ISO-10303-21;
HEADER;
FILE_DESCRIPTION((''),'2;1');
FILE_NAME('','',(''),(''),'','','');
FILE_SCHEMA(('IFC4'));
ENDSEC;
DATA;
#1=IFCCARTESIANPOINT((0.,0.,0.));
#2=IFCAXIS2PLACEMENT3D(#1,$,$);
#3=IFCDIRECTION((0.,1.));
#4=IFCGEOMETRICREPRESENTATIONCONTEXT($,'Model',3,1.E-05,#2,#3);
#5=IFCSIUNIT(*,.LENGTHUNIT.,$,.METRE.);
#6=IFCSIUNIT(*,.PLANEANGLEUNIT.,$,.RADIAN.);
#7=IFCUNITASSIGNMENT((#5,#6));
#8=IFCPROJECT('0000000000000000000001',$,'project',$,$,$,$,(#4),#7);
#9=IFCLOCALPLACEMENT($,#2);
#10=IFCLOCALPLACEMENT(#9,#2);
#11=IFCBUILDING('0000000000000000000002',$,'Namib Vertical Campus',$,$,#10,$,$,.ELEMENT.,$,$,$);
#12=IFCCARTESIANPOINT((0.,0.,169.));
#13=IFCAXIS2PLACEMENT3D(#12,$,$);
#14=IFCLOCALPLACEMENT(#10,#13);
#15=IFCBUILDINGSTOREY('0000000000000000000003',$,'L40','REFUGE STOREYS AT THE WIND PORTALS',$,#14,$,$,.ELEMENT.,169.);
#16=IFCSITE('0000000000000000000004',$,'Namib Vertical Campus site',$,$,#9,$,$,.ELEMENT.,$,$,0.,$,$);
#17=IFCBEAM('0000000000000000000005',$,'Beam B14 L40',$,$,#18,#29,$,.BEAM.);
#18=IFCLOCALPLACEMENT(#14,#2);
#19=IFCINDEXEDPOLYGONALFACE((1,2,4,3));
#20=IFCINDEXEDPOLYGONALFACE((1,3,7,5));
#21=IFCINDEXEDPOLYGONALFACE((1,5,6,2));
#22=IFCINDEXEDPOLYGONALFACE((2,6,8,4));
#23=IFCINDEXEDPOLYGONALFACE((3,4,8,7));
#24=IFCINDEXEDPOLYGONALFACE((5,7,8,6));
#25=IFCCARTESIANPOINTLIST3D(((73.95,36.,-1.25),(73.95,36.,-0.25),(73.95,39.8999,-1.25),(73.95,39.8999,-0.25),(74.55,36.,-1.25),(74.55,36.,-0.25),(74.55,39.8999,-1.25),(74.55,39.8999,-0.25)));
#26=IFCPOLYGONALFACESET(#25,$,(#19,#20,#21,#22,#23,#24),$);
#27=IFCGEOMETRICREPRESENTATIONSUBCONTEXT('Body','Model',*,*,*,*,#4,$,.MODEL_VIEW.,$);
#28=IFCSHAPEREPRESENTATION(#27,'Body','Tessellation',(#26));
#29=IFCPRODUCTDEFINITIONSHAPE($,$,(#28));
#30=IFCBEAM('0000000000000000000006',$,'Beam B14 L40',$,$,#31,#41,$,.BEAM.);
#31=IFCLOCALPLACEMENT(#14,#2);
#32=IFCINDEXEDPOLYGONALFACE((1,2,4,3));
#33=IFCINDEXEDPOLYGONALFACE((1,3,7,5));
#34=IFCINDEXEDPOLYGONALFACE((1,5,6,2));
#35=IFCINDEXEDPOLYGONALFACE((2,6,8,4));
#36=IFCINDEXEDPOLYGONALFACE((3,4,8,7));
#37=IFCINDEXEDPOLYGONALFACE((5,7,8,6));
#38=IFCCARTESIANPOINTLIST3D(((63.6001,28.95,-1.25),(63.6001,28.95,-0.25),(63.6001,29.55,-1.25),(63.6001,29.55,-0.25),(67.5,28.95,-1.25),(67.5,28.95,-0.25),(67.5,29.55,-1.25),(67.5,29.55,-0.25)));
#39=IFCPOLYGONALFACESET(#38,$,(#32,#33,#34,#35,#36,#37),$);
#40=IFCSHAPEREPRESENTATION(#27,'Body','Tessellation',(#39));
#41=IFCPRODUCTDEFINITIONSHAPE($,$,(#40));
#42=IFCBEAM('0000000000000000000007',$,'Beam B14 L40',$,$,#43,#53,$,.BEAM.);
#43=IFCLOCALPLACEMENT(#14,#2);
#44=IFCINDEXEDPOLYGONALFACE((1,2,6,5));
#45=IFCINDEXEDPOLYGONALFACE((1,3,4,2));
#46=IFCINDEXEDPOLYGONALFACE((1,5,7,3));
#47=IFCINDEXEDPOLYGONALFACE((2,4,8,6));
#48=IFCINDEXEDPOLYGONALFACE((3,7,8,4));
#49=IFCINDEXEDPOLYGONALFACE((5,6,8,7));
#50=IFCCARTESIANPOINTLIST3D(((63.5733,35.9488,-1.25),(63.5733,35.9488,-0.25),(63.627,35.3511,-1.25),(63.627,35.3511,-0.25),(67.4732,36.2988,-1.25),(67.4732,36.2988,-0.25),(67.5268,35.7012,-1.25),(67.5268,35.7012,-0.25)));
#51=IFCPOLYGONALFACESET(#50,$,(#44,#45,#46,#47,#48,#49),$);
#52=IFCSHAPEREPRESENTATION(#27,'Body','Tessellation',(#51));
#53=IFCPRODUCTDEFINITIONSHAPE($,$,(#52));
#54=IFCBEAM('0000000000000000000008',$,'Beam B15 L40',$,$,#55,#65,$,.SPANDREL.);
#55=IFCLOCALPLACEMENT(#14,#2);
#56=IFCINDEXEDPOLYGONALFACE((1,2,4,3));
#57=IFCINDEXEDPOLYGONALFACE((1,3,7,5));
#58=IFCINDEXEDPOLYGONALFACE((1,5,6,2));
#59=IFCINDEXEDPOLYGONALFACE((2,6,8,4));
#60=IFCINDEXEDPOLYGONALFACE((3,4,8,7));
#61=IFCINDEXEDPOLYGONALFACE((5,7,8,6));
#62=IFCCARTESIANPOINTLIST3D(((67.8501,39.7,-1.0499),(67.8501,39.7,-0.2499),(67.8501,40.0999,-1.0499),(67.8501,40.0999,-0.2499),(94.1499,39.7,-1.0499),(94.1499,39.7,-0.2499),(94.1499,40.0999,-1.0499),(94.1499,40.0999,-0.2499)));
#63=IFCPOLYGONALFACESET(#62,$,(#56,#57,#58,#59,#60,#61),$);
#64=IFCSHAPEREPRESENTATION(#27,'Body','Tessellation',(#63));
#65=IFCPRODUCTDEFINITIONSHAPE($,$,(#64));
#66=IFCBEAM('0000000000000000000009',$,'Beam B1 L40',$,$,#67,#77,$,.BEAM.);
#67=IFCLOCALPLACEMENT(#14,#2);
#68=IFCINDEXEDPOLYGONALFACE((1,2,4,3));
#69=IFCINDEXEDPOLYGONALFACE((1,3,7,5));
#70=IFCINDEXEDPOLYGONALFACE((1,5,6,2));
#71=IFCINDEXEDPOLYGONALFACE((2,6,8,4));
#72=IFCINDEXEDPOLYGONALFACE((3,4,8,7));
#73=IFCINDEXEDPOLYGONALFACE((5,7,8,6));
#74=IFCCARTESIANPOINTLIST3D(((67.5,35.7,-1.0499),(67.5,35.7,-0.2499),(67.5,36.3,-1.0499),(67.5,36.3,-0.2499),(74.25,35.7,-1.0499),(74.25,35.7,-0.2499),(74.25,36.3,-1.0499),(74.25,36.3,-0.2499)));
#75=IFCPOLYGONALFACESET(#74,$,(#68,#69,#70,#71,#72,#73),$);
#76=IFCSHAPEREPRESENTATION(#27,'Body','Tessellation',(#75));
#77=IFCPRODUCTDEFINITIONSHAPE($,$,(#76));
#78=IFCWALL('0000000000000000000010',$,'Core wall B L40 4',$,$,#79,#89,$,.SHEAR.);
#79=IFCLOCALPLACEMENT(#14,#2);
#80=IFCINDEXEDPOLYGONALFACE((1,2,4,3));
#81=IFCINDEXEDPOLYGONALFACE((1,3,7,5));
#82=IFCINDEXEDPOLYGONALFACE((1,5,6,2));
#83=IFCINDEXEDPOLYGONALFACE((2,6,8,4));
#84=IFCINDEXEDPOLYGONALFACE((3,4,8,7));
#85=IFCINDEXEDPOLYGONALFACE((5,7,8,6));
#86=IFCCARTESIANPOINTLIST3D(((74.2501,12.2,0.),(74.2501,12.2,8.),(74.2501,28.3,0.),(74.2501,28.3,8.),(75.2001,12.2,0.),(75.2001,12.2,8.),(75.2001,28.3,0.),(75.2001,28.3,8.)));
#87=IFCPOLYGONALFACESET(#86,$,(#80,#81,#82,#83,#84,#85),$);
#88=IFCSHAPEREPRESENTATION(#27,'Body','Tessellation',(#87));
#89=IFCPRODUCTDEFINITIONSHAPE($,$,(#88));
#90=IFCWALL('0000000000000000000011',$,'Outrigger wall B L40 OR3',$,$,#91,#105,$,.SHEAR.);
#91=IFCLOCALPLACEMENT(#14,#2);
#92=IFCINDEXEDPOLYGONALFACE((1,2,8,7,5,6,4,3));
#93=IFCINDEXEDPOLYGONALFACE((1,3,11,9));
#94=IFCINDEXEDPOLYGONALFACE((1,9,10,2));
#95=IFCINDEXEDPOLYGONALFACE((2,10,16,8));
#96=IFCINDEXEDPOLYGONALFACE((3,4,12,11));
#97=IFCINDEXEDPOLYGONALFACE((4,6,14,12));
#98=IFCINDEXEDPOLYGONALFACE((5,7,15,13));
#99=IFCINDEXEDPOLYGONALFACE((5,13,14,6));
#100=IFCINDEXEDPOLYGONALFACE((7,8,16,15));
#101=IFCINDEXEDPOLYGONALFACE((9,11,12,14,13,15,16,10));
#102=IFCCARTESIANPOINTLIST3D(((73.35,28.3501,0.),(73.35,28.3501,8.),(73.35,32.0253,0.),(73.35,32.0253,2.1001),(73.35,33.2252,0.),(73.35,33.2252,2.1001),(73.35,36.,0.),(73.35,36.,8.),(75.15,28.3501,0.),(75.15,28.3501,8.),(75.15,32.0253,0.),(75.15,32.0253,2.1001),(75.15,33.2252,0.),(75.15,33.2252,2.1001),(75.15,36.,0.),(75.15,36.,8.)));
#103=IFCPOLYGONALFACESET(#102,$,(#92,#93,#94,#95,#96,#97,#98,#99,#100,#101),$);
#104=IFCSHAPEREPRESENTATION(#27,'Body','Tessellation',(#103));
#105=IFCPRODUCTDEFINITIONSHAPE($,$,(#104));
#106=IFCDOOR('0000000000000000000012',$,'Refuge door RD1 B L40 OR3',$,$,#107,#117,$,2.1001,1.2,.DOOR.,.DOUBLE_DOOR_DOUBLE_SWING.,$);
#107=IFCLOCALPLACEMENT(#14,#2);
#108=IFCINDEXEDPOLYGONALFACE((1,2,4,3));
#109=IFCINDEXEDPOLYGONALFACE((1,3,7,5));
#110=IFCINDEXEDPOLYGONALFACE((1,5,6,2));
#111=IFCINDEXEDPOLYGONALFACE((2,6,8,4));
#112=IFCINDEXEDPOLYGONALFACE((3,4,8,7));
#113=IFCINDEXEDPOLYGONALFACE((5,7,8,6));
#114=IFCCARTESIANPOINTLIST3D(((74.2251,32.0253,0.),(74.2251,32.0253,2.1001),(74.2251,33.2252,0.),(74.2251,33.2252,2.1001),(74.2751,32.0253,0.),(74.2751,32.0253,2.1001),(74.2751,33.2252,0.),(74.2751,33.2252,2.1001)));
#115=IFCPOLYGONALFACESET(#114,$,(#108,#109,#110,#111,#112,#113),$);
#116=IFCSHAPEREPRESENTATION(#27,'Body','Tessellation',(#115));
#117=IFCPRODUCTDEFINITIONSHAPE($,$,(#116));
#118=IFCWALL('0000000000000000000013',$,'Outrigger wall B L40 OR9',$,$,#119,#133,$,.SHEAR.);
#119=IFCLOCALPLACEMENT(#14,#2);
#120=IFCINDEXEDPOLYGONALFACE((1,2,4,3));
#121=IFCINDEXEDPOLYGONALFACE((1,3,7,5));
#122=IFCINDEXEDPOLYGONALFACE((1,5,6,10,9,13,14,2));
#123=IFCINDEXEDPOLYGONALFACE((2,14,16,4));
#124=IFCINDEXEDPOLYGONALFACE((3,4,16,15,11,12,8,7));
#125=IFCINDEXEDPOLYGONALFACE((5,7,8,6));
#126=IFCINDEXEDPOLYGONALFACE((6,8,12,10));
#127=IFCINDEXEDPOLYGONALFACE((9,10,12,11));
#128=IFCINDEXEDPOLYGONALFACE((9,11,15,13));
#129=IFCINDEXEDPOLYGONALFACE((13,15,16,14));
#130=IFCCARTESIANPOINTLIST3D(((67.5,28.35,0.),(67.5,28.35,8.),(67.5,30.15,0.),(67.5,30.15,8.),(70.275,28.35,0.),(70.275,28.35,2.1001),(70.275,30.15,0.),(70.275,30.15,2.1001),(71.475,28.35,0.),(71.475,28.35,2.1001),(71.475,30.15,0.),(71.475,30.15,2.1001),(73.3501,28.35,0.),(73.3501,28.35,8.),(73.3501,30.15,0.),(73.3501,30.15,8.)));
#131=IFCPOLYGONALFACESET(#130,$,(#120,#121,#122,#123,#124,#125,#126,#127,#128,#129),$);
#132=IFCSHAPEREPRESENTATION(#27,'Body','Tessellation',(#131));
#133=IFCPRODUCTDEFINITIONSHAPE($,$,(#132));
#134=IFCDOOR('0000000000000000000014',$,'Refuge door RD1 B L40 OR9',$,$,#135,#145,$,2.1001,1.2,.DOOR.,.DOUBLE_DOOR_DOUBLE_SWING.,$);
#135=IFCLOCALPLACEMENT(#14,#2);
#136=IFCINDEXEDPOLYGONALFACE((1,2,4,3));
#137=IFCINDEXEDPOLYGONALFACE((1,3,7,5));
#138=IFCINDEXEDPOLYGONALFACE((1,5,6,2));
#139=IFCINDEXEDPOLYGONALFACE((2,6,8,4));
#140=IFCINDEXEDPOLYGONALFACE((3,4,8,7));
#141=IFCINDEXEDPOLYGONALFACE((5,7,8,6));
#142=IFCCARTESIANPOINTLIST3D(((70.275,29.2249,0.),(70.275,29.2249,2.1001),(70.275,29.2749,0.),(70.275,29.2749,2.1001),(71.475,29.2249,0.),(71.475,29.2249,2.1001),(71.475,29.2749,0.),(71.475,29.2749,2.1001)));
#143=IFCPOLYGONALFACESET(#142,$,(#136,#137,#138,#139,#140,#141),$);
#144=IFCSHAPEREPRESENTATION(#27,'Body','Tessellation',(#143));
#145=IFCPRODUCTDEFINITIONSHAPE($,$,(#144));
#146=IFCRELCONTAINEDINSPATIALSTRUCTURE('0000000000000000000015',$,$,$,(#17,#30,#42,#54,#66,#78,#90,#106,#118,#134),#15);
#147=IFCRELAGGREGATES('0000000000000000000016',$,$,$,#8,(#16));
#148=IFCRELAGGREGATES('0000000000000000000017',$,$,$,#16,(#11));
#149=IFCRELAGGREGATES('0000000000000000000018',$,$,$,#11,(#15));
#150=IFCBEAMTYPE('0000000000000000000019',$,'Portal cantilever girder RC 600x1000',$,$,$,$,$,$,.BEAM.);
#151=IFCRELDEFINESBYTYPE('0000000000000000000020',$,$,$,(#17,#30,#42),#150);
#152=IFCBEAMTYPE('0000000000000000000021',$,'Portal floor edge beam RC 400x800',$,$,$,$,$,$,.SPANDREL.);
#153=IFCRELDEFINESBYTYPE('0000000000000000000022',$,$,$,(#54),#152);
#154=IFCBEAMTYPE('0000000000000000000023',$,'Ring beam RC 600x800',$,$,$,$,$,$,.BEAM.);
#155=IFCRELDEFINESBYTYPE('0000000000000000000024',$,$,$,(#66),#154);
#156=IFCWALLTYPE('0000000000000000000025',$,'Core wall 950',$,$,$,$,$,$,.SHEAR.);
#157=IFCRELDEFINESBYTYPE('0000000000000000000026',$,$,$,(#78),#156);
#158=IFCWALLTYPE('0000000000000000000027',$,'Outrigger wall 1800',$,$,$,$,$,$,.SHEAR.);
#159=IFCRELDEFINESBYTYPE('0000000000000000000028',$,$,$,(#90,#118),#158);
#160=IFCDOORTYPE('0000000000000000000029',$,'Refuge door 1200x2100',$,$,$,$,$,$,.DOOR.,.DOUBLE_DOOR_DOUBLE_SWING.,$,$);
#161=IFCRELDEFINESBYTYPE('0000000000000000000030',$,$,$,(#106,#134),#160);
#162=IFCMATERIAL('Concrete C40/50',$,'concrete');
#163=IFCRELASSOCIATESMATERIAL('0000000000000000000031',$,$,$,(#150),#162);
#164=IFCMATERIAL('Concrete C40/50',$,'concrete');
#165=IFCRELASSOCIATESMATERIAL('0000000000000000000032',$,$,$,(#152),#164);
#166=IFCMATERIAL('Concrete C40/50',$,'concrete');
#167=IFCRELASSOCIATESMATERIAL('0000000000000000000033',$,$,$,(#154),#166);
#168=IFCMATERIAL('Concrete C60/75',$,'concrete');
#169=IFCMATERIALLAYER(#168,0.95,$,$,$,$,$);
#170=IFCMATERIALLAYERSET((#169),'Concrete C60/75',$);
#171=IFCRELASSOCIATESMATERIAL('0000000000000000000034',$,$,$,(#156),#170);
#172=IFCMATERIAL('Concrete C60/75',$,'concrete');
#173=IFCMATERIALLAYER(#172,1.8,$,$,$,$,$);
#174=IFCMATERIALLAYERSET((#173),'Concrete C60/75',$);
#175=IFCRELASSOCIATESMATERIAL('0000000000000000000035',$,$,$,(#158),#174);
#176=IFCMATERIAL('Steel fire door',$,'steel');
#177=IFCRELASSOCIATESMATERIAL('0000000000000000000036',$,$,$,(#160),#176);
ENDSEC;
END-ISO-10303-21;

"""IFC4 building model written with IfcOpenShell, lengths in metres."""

from ifc_helpers import new_model, si_unit, direction, frame, frame_2d, origin, origin_2d, place, context, subcontext, project, spatial, rectangle, extrude, material, layer, layer_set, material_profile, profile_set, type_object, element, fill, save


model = new_model("IFC4")

# Units and contexts
model_context = context("Model", 3, precision=1e-05, world=origin(), true_north=direction((0.0, 1.0)))
body_context = subcontext(model_context, "Body", "Model", "MODEL_VIEW")
ifc_project = project(units=[si_unit("LENGTHUNIT", "METRE"), si_unit("PLANEANGLEUNIT", "RADIAN")], contexts=[model_context])

# Site, building, storey
site_placement = place(None, origin())
site = spatial("IfcSite", under=ifc_project, at=site_placement, Name="Namib Vertical Campus site", CompositionType="ELEMENT", RefElevation=0.0)
building_placement = place(site_placement, origin())
building = spatial("IfcBuilding", under=site, at=building_placement, Name="Namib Vertical Campus", CompositionType="ELEMENT")
storey_placement = place(building_placement, frame((0.0, 0.0, 169.0)))
storey = spatial("IfcBuildingStorey", under=building, at=storey_placement, Name="L40", Description="REFUGE STOREYS AT THE WIND PORTALS", CompositionType="ELEMENT", Elevation=169.0)

# Beams
ifc_material_1 = material(Name="Concrete C40/50", Category="concrete")
ifc_material_profile_1 = material_profile(ifc_material_1, rectangle(XDim=0.6001, YDim=1.0, at=origin_2d()))
ifc_profile_set_1 = profile_set([ifc_material_profile_1], Name="Concrete C40/50")
beam_type_1 = type_object("IfcBeamType", Name="Portal cantilever girder RC 600x1000", PredefinedType="BEAM", material=ifc_profile_set_1)
for number, where, z_axis, x_axis, name in (
    (1, (74.25, 36.0, -0.75), (0.0, 1.0, 0.0), (-1.0, 0.0, 0.0), "Beam B14 L40"),
    (2, (67.5, 29.25, -0.75), (-1.0, 0.0, 0.0), (0.0, -1.0, 0.0), "Beam B14 L40"),
):
    element("IfcBeam", number, at=place(storey_placement, frame(where, z_axis=z_axis, x_axis=x_axis)), inside=storey, type_object=beam_type_1, Name=name, PredefinedType="BEAM", context=body_context, shape_type="SweptSolid", body=[
        extrude(rectangle(XDim=0.6001, YDim=1.0, at=origin_2d()), origin(), (0.0, 0.0, 1.0), 3.8999),
    ])
beam_1_placement = place(storey_placement, frame((67.5, 36.0, -0.75), z_axis=(-0.995995, -0.089411, 0.0), x_axis=(0.089411, -0.995995, 0.0)))
element("IfcBeam", 3, at=beam_1_placement, inside=storey, type_object=beam_type_1, Name="Beam B14 L40", PredefinedType="BEAM", context=body_context, shape_type="SweptSolid", body=[
    extrude(rectangle(XDim=0.6001, YDim=1.0, at=origin_2d()), origin(), (0.0, 0.0, 1.0), 3.9155),
])
ifc_material_2 = material(Name="Concrete C40/50", Category="concrete")
ifc_material_profile_2 = material_profile(ifc_material_2, rectangle(XDim=0.3999, YDim=0.8, at=origin_2d()))
ifc_profile_set_2 = profile_set([ifc_material_profile_2], Name="Concrete C40/50")
beam_type_2 = type_object("IfcBeamType", Name="Portal floor edge beam RC 400x800", PredefinedType="SPANDREL", material=ifc_profile_set_2)
beam_2_placement = place(storey_placement, frame((67.8501, 39.8999, -0.6499), z_axis=(1.0, 0.0, 0.0), x_axis=(0.0, 1.0, 0.0)))
element("IfcBeam", 4, at=beam_2_placement, inside=storey, type_object=beam_type_2, Name="Beam B15 L40", PredefinedType="SPANDREL", context=body_context, shape_type="SweptSolid", body=[
    extrude(rectangle(XDim=0.3999, YDim=0.8, at=origin_2d()), origin(), (0.0, 0.0, 1.0), 26.2998),
])
ifc_material_3 = material(Name="Concrete C40/50", Category="concrete")
ifc_material_profile_3 = material_profile(ifc_material_3, rectangle(XDim=0.6001, YDim=0.8, at=origin_2d()))
ifc_profile_set_3 = profile_set([ifc_material_profile_3], Name="Concrete C40/50")
beam_type_3 = type_object("IfcBeamType", Name="Ring beam RC 600x800", PredefinedType="BEAM", material=ifc_profile_set_3)
beam_3_placement = place(storey_placement, frame((67.5, 36.0, -0.6499), z_axis=(1.0, 0.0, 0.0), x_axis=(0.0, 1.0, 0.0)))
element("IfcBeam", 5, at=beam_3_placement, inside=storey, type_object=beam_type_3, Name="Beam B1 L40", PredefinedType="BEAM", context=body_context, shape_type="SweptSolid", body=[
    extrude(rectangle(XDim=0.6001, YDim=0.8, at=origin_2d()), origin(), (0.0, 0.0, 1.0), 6.75),
])

# Wall
ifc_material_4 = material(Name="Concrete C60/75", Category="concrete")
ifc_layer_1 = layer(ifc_material_4, 0.95)
ifc_layer_set_1 = layer_set([ifc_layer_1], Name="Concrete C60/75")
wall_type_1 = type_object("IfcWallType", Name="Core wall 950", PredefinedType="SHEAR", material=ifc_layer_set_1)
wall_1_placement = place(storey_placement, frame((74.7251, 28.3, 0.0), z_axis=(0.0, 0.0, 1.0), x_axis=(0.0, -1.0, 0.0)))
element("IfcWall", 6, at=wall_1_placement, inside=storey, type_object=wall_type_1, Name="Core wall B L40 4", PredefinedType="SHEAR", context=body_context, shape_type="SweptSolid", body=[
    extrude(rectangle(XDim=16.1001, YDim=0.95, at=frame_2d((8.05, 0.0))), origin(), (0.0, 0.0, 1.0), 8.0),
])

# Walls, openings, doors
ifc_material_5 = material(Name="Concrete C60/75", Category="concrete")
ifc_layer_2 = layer(ifc_material_5, 1.8)
ifc_layer_set_2 = layer_set([ifc_layer_2], Name="Concrete C60/75")
wall_type_2 = type_object("IfcWallType", Name="Outrigger wall 1800", PredefinedType="SHEAR", material=ifc_layer_set_2)
wall_2_placement = place(storey_placement, frame((74.25, 28.3501, 0.0), z_axis=(0.0, 0.0, 1.0), x_axis=(0.0, 1.0, 0.0)))
wall_2 = element("IfcWall", 7, at=wall_2_placement, inside=storey, type_object=wall_type_2, Name="Outrigger wall B L40 OR3", PredefinedType="SHEAR", context=body_context, shape_type="SweptSolid", body=[
    extrude(rectangle(XDim=7.6499, YDim=1.8, at=frame_2d((3.825, 0.0))), origin(), (0.0, 0.0, 1.0), 8.0),
])
opening_1_placement = place(wall_2_placement, frame((3.675, 0.0, 0.0)))
opening_1 = element("IfcOpeningElement", 8, at=opening_1_placement, cuts=wall_2, PredefinedType="OPENING", context=body_context, shape_type="SweptSolid", body=[
    extrude(rectangle(XDim=1.2, YDim=2.1001, at=frame_2d((0.6001, 1.05))), frame((0.0, 0.9099, 0.0), z_axis=(0.0, -1.0, 0.0), x_axis=(1.0, 0.0, 0.0)), (0.0, 0.0, 1.0), 1.8201),
])
ifc_material_6 = material(Name="Steel fire door", Category="steel")
door_type = type_object("IfcDoorType", Name="Refuge door 1200x2100", OperationType="DOUBLE_DOOR_DOUBLE_SWING", PredefinedType="DOOR", material=ifc_material_6)
door_1_placement = place(opening_1_placement, origin())
door_1 = element("IfcDoor", 9, at=door_1_placement, inside=storey, type_object=door_type, Name="Refuge door RD1 B L40 OR3", OperationType="DOUBLE_DOOR_DOUBLE_SWING", OverallHeight=2.1001, OverallWidth=1.2, PredefinedType="DOOR", context=body_context, shape_type="SweptSolid", body=[
    extrude(rectangle(XDim=1.2, YDim=2.1001, at=frame_2d((0.6001, 1.05))), frame((0.0, 0.0249, 0.0), z_axis=(0.0, -1.0, 0.0), x_axis=(1.0, 0.0, 0.0)), (0.0, 0.0, 1.0), 0.05),
])
fill(opening_1, door_1)
wall_3_placement = place(storey_placement, frame((67.5, 29.25, 0.0), z_axis=(0.0, 0.0, 1.0), x_axis=(1.0, 0.0, 0.0)))
wall_3 = element("IfcWall", 10, at=wall_3_placement, inside=storey, type_object=wall_type_2, Name="Outrigger wall B L40 OR9", PredefinedType="SHEAR", context=body_context, shape_type="SweptSolid", body=[
    extrude(rectangle(XDim=5.8501, YDim=1.8, at=frame_2d((2.925, 0.0))), origin(), (0.0, 0.0, 1.0), 8.0),
])
opening_2_placement = place(wall_3_placement, frame((2.7749, 0.0, 0.0)))
opening_2 = element("IfcOpeningElement", 11, at=opening_2_placement, cuts=wall_3, PredefinedType="OPENING", context=body_context, shape_type="SweptSolid", body=[
    extrude(rectangle(XDim=1.2, YDim=2.1001, at=frame_2d((0.6001, 1.05))), frame((0.0, 0.9099, 0.0), z_axis=(0.0, -1.0, 0.0), x_axis=(1.0, 0.0, 0.0)), (0.0, 0.0, 1.0), 1.8201),
])
door_2_placement = place(opening_2_placement, origin())
door_2 = element("IfcDoor", 12, at=door_2_placement, inside=storey, type_object=door_type, Name="Refuge door RD1 B L40 OR9", OperationType="DOUBLE_DOOR_DOUBLE_SWING", OverallHeight=2.1001, OverallWidth=1.2, PredefinedType="DOOR", context=body_context, shape_type="SweptSolid", body=[
    extrude(rectangle(XDim=1.2, YDim=2.1001, at=frame_2d((0.6001, 1.05))), frame((0.0, 0.0249, 0.0), z_axis=(0.0, -1.0, 0.0), x_axis=(1.0, 0.0, 0.0)), (0.0, 0.0, 1.0), 0.05),
])
fill(opening_2, door_2)

save(model, "model.ifc")
